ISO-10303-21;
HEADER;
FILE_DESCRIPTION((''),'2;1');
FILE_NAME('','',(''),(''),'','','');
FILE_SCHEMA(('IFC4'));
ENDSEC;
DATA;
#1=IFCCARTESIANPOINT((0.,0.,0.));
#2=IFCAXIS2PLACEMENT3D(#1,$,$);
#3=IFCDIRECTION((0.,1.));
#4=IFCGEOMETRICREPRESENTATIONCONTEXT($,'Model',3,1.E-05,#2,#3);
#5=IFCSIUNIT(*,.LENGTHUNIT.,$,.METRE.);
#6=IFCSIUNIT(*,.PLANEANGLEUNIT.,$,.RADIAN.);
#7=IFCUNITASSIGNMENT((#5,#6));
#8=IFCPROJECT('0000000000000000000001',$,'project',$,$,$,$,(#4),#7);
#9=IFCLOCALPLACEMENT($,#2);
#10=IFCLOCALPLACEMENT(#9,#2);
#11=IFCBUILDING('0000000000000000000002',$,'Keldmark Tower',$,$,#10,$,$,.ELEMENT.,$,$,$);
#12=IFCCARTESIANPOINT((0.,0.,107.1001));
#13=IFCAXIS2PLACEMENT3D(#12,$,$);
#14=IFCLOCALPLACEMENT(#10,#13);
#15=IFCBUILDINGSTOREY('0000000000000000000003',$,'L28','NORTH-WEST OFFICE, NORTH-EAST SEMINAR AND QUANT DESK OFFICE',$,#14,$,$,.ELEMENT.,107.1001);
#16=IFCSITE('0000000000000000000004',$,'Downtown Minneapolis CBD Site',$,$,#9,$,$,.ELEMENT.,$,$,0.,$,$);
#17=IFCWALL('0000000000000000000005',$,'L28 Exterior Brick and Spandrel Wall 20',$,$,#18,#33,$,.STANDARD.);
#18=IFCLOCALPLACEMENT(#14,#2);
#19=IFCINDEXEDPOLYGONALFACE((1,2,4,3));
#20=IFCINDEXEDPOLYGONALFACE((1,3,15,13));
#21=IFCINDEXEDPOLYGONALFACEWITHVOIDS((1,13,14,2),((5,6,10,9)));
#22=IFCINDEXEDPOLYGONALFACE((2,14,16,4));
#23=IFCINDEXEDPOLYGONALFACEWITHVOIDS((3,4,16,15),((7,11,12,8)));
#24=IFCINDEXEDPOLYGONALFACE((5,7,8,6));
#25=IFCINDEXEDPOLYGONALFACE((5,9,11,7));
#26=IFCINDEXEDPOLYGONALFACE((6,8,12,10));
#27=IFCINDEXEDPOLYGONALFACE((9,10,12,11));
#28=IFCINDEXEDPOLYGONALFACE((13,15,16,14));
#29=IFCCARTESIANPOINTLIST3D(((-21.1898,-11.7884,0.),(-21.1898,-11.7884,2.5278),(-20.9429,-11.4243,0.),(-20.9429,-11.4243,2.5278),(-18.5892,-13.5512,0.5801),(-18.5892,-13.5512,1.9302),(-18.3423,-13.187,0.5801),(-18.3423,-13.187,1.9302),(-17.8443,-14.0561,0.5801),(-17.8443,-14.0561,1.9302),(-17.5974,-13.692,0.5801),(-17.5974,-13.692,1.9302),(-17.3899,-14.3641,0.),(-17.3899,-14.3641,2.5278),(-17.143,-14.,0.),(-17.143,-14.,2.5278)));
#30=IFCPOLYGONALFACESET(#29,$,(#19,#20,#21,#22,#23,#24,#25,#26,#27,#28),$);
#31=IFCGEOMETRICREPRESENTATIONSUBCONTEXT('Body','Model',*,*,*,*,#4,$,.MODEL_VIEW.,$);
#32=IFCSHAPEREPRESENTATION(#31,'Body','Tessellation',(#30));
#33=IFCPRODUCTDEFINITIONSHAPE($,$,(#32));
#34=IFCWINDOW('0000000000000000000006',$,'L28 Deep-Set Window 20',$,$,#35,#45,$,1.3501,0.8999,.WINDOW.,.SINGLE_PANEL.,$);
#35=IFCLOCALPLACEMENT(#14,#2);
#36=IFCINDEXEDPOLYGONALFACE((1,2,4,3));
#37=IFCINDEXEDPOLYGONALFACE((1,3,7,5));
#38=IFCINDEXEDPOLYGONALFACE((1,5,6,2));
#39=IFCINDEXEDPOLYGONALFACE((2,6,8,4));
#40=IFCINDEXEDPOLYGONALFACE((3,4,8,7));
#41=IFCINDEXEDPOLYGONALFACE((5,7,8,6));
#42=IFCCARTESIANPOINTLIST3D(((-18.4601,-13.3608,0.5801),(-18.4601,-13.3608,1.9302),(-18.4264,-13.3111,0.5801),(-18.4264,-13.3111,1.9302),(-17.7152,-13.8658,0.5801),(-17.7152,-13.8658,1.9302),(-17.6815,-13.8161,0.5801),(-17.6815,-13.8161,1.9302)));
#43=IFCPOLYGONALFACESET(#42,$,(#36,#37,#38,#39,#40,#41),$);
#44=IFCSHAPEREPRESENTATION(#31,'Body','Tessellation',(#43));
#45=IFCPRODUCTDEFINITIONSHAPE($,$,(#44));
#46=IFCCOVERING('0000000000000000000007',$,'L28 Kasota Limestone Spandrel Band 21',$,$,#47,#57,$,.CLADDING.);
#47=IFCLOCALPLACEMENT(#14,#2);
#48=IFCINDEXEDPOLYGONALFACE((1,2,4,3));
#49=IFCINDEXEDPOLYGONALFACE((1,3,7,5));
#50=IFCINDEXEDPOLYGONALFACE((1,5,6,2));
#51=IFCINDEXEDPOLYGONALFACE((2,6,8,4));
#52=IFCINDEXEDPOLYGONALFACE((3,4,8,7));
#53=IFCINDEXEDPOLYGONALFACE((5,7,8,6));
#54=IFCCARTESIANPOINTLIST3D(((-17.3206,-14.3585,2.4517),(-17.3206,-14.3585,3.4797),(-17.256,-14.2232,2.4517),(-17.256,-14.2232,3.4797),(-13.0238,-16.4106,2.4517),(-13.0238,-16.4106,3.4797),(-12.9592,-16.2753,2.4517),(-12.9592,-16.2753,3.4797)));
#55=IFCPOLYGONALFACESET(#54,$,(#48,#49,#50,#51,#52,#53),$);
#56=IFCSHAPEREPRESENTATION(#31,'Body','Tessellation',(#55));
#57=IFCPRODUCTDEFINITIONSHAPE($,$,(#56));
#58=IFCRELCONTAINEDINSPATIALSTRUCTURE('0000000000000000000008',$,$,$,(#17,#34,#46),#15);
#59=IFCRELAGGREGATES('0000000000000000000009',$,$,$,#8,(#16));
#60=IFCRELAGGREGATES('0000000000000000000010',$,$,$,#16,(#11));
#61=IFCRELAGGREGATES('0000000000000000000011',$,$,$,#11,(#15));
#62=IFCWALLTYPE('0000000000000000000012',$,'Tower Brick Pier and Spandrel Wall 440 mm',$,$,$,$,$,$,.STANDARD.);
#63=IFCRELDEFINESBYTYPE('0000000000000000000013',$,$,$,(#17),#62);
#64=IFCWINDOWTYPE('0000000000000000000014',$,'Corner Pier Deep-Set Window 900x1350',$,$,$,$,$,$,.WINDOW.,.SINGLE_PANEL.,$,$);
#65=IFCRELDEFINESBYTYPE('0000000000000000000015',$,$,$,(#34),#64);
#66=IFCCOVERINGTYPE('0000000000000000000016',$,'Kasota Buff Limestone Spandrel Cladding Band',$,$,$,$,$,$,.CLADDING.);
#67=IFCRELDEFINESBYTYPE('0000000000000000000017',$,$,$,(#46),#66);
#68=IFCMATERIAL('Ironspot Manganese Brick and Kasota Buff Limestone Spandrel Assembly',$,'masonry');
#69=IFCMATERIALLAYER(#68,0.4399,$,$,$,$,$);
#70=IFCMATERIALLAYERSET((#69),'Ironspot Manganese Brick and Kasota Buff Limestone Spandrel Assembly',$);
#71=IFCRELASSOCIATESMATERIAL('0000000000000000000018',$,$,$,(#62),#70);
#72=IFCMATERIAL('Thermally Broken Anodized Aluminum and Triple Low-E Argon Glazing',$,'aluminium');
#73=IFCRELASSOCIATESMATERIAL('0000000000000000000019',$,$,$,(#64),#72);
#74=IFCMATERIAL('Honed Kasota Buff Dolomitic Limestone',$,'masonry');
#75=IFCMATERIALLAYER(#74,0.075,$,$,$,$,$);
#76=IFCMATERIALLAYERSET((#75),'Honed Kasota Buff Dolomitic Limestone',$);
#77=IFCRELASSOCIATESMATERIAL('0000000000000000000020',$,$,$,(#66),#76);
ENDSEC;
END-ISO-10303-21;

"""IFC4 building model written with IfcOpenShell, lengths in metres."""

from ifc_helpers import new_model, si_unit, direction, frame, frame_2d, origin, origin_2d, place, context, subcontext, project, spatial, rectangle, extrude, material, layer, layer_set, type_object, element, fill, save


model = new_model("IFC4")

# Units and contexts
model_context = context("Model", 3, precision=1e-05, world=origin(), true_north=direction((0.0, 1.0)))
body_context = subcontext(model_context, "Body", "Model", "MODEL_VIEW")
ifc_project = project(units=[si_unit("LENGTHUNIT", "METRE"), si_unit("PLANEANGLEUNIT", "RADIAN")], contexts=[model_context])

# Site, building, storey
site_placement = place(None, origin())
site = spatial("IfcSite", under=ifc_project, at=site_placement, Name="Downtown Minneapolis CBD Site", CompositionType="ELEMENT", RefElevation=0.0)
building_placement = place(site_placement, origin())
building = spatial("IfcBuilding", under=site, at=building_placement, Name="Keldmark Tower", CompositionType="ELEMENT")
storey_placement = place(building_placement, frame((0.0, 0.0, 107.1001)))
storey = spatial("IfcBuildingStorey", under=building, at=storey_placement, Name="L28", Description="NORTH-WEST OFFICE, NORTH-EAST SEMINAR AND QUANT DESK OFFICE", CompositionType="ELEMENT", Elevation=107.1001)

# Wall, opening, window
ifc_material_1 = material(Name="Ironspot Manganese Brick and Kasota Buff Limestone Spandrel Assembly", Category="masonry")
ifc_layer_1 = layer(ifc_material_1, 0.4399)
ifc_layer_set_1 = layer_set([ifc_layer_1], Name="Ironspot Manganese Brick and Kasota Buff Limestone Spandrel Assembly")
wall_type_1 = type_object("IfcWallType", Name="Tower Brick Pier and Spandrel Wall 440 mm", PredefinedType="STANDARD", material=ifc_layer_set_1)
wall_1_placement = place(storey_placement, frame((-17.2664, -14.1821, 0.0), z_axis=(0.0, 0.0, 1.0), x_axis=(-0.827755, 0.56109, 0.0)))
wall_1 = element("IfcWall", 1, at=wall_1_placement, inside=storey, type_object=wall_type_1, Name="L28 Exterior Brick and Spandrel Wall 20", PredefinedType="STANDARD", context=body_context, shape_type="SweptSolid", body=[
    extrude(rectangle(XDim=4.5906, YDim=0.4399, at=frame_2d((2.2954, 0.0))), origin(), (0.0, 0.0, 1.0), 2.5278),
])
opening_1_placement = place(wall_1_placement, frame((0.5491, 0.0, 0.5801)))
opening_1 = element("IfcOpeningElement", 2, at=opening_1_placement, cuts=wall_1, PredefinedType="OPENING", context=body_context, shape_type="SweptSolid", body=[
    extrude(rectangle(XDim=0.8999, YDim=1.3501, at=frame_2d((0.45, 0.675))), frame((0.0, 0.23, 0.0), z_axis=(0.0, -1.0, 0.0), x_axis=(1.0, 0.0, 0.0)), (0.0, 0.0, 1.0), 0.46),
])
ifc_material_2 = material(Name="Thermally Broken Anodized Aluminum and Triple Low-E Argon Glazing", Category="aluminium")
window_type = type_object("IfcWindowType", Name="Corner Pier Deep-Set Window 900x1350", PartitioningType="SINGLE_PANEL", PredefinedType="WINDOW", material=ifc_material_2)
window_placement = place(opening_1_placement, origin())
window = element("IfcWindow", 3, at=window_placement, inside=storey, type_object=window_type, Name="L28 Deep-Set Window 20", OverallHeight=1.3501, OverallWidth=0.8999, PartitioningType="SINGLE_PANEL", PredefinedType="WINDOW", context=body_context, shape_type="SweptSolid", body=[
    extrude(rectangle(XDim=0.8999, YDim=1.3501, at=frame_2d((0.45, 0.675))), frame((0.0, -0.01, 0.0), z_axis=(0.0, -1.0, 0.0), x_axis=(1.0, 0.0, 0.0)), (0.0, 0.0, 1.0), 0.0601),
])
fill(opening_1, window)

# Covering
ifc_material_3 = material(Name="Honed Kasota Buff Dolomitic Limestone", Category="masonry")
ifc_layer_2 = layer(ifc_material_3, 0.075)
ifc_layer_set_2 = layer_set([ifc_layer_2], Name="Honed Kasota Buff Dolomitic Limestone")
covering_type = type_object("IfcCoveringType", Name="Kasota Buff Limestone Spandrel Cladding Band", PredefinedType="CLADDING", material=ifc_layer_set_2)
covering_placement = place(storey_placement, frame((-15.1399, -15.3169, 2.4517), z_axis=(0.0, 0.0, 1.0), x_axis=(0.902367, -0.430968, 0.0)))
element("IfcCovering", 4, at=covering_placement, inside=storey, type_object=covering_type, Name="L28 Kasota Limestone Spandrel Band 21", PredefinedType="CLADDING", context=body_context, shape_type="SweptSolid", body=[
    extrude(rectangle(XDim=4.7617, YDim=0.1499, at=origin_2d()), origin(), (0.0, 0.0, 1.0), 1.0281),
])

save(model, "model.ifc")
